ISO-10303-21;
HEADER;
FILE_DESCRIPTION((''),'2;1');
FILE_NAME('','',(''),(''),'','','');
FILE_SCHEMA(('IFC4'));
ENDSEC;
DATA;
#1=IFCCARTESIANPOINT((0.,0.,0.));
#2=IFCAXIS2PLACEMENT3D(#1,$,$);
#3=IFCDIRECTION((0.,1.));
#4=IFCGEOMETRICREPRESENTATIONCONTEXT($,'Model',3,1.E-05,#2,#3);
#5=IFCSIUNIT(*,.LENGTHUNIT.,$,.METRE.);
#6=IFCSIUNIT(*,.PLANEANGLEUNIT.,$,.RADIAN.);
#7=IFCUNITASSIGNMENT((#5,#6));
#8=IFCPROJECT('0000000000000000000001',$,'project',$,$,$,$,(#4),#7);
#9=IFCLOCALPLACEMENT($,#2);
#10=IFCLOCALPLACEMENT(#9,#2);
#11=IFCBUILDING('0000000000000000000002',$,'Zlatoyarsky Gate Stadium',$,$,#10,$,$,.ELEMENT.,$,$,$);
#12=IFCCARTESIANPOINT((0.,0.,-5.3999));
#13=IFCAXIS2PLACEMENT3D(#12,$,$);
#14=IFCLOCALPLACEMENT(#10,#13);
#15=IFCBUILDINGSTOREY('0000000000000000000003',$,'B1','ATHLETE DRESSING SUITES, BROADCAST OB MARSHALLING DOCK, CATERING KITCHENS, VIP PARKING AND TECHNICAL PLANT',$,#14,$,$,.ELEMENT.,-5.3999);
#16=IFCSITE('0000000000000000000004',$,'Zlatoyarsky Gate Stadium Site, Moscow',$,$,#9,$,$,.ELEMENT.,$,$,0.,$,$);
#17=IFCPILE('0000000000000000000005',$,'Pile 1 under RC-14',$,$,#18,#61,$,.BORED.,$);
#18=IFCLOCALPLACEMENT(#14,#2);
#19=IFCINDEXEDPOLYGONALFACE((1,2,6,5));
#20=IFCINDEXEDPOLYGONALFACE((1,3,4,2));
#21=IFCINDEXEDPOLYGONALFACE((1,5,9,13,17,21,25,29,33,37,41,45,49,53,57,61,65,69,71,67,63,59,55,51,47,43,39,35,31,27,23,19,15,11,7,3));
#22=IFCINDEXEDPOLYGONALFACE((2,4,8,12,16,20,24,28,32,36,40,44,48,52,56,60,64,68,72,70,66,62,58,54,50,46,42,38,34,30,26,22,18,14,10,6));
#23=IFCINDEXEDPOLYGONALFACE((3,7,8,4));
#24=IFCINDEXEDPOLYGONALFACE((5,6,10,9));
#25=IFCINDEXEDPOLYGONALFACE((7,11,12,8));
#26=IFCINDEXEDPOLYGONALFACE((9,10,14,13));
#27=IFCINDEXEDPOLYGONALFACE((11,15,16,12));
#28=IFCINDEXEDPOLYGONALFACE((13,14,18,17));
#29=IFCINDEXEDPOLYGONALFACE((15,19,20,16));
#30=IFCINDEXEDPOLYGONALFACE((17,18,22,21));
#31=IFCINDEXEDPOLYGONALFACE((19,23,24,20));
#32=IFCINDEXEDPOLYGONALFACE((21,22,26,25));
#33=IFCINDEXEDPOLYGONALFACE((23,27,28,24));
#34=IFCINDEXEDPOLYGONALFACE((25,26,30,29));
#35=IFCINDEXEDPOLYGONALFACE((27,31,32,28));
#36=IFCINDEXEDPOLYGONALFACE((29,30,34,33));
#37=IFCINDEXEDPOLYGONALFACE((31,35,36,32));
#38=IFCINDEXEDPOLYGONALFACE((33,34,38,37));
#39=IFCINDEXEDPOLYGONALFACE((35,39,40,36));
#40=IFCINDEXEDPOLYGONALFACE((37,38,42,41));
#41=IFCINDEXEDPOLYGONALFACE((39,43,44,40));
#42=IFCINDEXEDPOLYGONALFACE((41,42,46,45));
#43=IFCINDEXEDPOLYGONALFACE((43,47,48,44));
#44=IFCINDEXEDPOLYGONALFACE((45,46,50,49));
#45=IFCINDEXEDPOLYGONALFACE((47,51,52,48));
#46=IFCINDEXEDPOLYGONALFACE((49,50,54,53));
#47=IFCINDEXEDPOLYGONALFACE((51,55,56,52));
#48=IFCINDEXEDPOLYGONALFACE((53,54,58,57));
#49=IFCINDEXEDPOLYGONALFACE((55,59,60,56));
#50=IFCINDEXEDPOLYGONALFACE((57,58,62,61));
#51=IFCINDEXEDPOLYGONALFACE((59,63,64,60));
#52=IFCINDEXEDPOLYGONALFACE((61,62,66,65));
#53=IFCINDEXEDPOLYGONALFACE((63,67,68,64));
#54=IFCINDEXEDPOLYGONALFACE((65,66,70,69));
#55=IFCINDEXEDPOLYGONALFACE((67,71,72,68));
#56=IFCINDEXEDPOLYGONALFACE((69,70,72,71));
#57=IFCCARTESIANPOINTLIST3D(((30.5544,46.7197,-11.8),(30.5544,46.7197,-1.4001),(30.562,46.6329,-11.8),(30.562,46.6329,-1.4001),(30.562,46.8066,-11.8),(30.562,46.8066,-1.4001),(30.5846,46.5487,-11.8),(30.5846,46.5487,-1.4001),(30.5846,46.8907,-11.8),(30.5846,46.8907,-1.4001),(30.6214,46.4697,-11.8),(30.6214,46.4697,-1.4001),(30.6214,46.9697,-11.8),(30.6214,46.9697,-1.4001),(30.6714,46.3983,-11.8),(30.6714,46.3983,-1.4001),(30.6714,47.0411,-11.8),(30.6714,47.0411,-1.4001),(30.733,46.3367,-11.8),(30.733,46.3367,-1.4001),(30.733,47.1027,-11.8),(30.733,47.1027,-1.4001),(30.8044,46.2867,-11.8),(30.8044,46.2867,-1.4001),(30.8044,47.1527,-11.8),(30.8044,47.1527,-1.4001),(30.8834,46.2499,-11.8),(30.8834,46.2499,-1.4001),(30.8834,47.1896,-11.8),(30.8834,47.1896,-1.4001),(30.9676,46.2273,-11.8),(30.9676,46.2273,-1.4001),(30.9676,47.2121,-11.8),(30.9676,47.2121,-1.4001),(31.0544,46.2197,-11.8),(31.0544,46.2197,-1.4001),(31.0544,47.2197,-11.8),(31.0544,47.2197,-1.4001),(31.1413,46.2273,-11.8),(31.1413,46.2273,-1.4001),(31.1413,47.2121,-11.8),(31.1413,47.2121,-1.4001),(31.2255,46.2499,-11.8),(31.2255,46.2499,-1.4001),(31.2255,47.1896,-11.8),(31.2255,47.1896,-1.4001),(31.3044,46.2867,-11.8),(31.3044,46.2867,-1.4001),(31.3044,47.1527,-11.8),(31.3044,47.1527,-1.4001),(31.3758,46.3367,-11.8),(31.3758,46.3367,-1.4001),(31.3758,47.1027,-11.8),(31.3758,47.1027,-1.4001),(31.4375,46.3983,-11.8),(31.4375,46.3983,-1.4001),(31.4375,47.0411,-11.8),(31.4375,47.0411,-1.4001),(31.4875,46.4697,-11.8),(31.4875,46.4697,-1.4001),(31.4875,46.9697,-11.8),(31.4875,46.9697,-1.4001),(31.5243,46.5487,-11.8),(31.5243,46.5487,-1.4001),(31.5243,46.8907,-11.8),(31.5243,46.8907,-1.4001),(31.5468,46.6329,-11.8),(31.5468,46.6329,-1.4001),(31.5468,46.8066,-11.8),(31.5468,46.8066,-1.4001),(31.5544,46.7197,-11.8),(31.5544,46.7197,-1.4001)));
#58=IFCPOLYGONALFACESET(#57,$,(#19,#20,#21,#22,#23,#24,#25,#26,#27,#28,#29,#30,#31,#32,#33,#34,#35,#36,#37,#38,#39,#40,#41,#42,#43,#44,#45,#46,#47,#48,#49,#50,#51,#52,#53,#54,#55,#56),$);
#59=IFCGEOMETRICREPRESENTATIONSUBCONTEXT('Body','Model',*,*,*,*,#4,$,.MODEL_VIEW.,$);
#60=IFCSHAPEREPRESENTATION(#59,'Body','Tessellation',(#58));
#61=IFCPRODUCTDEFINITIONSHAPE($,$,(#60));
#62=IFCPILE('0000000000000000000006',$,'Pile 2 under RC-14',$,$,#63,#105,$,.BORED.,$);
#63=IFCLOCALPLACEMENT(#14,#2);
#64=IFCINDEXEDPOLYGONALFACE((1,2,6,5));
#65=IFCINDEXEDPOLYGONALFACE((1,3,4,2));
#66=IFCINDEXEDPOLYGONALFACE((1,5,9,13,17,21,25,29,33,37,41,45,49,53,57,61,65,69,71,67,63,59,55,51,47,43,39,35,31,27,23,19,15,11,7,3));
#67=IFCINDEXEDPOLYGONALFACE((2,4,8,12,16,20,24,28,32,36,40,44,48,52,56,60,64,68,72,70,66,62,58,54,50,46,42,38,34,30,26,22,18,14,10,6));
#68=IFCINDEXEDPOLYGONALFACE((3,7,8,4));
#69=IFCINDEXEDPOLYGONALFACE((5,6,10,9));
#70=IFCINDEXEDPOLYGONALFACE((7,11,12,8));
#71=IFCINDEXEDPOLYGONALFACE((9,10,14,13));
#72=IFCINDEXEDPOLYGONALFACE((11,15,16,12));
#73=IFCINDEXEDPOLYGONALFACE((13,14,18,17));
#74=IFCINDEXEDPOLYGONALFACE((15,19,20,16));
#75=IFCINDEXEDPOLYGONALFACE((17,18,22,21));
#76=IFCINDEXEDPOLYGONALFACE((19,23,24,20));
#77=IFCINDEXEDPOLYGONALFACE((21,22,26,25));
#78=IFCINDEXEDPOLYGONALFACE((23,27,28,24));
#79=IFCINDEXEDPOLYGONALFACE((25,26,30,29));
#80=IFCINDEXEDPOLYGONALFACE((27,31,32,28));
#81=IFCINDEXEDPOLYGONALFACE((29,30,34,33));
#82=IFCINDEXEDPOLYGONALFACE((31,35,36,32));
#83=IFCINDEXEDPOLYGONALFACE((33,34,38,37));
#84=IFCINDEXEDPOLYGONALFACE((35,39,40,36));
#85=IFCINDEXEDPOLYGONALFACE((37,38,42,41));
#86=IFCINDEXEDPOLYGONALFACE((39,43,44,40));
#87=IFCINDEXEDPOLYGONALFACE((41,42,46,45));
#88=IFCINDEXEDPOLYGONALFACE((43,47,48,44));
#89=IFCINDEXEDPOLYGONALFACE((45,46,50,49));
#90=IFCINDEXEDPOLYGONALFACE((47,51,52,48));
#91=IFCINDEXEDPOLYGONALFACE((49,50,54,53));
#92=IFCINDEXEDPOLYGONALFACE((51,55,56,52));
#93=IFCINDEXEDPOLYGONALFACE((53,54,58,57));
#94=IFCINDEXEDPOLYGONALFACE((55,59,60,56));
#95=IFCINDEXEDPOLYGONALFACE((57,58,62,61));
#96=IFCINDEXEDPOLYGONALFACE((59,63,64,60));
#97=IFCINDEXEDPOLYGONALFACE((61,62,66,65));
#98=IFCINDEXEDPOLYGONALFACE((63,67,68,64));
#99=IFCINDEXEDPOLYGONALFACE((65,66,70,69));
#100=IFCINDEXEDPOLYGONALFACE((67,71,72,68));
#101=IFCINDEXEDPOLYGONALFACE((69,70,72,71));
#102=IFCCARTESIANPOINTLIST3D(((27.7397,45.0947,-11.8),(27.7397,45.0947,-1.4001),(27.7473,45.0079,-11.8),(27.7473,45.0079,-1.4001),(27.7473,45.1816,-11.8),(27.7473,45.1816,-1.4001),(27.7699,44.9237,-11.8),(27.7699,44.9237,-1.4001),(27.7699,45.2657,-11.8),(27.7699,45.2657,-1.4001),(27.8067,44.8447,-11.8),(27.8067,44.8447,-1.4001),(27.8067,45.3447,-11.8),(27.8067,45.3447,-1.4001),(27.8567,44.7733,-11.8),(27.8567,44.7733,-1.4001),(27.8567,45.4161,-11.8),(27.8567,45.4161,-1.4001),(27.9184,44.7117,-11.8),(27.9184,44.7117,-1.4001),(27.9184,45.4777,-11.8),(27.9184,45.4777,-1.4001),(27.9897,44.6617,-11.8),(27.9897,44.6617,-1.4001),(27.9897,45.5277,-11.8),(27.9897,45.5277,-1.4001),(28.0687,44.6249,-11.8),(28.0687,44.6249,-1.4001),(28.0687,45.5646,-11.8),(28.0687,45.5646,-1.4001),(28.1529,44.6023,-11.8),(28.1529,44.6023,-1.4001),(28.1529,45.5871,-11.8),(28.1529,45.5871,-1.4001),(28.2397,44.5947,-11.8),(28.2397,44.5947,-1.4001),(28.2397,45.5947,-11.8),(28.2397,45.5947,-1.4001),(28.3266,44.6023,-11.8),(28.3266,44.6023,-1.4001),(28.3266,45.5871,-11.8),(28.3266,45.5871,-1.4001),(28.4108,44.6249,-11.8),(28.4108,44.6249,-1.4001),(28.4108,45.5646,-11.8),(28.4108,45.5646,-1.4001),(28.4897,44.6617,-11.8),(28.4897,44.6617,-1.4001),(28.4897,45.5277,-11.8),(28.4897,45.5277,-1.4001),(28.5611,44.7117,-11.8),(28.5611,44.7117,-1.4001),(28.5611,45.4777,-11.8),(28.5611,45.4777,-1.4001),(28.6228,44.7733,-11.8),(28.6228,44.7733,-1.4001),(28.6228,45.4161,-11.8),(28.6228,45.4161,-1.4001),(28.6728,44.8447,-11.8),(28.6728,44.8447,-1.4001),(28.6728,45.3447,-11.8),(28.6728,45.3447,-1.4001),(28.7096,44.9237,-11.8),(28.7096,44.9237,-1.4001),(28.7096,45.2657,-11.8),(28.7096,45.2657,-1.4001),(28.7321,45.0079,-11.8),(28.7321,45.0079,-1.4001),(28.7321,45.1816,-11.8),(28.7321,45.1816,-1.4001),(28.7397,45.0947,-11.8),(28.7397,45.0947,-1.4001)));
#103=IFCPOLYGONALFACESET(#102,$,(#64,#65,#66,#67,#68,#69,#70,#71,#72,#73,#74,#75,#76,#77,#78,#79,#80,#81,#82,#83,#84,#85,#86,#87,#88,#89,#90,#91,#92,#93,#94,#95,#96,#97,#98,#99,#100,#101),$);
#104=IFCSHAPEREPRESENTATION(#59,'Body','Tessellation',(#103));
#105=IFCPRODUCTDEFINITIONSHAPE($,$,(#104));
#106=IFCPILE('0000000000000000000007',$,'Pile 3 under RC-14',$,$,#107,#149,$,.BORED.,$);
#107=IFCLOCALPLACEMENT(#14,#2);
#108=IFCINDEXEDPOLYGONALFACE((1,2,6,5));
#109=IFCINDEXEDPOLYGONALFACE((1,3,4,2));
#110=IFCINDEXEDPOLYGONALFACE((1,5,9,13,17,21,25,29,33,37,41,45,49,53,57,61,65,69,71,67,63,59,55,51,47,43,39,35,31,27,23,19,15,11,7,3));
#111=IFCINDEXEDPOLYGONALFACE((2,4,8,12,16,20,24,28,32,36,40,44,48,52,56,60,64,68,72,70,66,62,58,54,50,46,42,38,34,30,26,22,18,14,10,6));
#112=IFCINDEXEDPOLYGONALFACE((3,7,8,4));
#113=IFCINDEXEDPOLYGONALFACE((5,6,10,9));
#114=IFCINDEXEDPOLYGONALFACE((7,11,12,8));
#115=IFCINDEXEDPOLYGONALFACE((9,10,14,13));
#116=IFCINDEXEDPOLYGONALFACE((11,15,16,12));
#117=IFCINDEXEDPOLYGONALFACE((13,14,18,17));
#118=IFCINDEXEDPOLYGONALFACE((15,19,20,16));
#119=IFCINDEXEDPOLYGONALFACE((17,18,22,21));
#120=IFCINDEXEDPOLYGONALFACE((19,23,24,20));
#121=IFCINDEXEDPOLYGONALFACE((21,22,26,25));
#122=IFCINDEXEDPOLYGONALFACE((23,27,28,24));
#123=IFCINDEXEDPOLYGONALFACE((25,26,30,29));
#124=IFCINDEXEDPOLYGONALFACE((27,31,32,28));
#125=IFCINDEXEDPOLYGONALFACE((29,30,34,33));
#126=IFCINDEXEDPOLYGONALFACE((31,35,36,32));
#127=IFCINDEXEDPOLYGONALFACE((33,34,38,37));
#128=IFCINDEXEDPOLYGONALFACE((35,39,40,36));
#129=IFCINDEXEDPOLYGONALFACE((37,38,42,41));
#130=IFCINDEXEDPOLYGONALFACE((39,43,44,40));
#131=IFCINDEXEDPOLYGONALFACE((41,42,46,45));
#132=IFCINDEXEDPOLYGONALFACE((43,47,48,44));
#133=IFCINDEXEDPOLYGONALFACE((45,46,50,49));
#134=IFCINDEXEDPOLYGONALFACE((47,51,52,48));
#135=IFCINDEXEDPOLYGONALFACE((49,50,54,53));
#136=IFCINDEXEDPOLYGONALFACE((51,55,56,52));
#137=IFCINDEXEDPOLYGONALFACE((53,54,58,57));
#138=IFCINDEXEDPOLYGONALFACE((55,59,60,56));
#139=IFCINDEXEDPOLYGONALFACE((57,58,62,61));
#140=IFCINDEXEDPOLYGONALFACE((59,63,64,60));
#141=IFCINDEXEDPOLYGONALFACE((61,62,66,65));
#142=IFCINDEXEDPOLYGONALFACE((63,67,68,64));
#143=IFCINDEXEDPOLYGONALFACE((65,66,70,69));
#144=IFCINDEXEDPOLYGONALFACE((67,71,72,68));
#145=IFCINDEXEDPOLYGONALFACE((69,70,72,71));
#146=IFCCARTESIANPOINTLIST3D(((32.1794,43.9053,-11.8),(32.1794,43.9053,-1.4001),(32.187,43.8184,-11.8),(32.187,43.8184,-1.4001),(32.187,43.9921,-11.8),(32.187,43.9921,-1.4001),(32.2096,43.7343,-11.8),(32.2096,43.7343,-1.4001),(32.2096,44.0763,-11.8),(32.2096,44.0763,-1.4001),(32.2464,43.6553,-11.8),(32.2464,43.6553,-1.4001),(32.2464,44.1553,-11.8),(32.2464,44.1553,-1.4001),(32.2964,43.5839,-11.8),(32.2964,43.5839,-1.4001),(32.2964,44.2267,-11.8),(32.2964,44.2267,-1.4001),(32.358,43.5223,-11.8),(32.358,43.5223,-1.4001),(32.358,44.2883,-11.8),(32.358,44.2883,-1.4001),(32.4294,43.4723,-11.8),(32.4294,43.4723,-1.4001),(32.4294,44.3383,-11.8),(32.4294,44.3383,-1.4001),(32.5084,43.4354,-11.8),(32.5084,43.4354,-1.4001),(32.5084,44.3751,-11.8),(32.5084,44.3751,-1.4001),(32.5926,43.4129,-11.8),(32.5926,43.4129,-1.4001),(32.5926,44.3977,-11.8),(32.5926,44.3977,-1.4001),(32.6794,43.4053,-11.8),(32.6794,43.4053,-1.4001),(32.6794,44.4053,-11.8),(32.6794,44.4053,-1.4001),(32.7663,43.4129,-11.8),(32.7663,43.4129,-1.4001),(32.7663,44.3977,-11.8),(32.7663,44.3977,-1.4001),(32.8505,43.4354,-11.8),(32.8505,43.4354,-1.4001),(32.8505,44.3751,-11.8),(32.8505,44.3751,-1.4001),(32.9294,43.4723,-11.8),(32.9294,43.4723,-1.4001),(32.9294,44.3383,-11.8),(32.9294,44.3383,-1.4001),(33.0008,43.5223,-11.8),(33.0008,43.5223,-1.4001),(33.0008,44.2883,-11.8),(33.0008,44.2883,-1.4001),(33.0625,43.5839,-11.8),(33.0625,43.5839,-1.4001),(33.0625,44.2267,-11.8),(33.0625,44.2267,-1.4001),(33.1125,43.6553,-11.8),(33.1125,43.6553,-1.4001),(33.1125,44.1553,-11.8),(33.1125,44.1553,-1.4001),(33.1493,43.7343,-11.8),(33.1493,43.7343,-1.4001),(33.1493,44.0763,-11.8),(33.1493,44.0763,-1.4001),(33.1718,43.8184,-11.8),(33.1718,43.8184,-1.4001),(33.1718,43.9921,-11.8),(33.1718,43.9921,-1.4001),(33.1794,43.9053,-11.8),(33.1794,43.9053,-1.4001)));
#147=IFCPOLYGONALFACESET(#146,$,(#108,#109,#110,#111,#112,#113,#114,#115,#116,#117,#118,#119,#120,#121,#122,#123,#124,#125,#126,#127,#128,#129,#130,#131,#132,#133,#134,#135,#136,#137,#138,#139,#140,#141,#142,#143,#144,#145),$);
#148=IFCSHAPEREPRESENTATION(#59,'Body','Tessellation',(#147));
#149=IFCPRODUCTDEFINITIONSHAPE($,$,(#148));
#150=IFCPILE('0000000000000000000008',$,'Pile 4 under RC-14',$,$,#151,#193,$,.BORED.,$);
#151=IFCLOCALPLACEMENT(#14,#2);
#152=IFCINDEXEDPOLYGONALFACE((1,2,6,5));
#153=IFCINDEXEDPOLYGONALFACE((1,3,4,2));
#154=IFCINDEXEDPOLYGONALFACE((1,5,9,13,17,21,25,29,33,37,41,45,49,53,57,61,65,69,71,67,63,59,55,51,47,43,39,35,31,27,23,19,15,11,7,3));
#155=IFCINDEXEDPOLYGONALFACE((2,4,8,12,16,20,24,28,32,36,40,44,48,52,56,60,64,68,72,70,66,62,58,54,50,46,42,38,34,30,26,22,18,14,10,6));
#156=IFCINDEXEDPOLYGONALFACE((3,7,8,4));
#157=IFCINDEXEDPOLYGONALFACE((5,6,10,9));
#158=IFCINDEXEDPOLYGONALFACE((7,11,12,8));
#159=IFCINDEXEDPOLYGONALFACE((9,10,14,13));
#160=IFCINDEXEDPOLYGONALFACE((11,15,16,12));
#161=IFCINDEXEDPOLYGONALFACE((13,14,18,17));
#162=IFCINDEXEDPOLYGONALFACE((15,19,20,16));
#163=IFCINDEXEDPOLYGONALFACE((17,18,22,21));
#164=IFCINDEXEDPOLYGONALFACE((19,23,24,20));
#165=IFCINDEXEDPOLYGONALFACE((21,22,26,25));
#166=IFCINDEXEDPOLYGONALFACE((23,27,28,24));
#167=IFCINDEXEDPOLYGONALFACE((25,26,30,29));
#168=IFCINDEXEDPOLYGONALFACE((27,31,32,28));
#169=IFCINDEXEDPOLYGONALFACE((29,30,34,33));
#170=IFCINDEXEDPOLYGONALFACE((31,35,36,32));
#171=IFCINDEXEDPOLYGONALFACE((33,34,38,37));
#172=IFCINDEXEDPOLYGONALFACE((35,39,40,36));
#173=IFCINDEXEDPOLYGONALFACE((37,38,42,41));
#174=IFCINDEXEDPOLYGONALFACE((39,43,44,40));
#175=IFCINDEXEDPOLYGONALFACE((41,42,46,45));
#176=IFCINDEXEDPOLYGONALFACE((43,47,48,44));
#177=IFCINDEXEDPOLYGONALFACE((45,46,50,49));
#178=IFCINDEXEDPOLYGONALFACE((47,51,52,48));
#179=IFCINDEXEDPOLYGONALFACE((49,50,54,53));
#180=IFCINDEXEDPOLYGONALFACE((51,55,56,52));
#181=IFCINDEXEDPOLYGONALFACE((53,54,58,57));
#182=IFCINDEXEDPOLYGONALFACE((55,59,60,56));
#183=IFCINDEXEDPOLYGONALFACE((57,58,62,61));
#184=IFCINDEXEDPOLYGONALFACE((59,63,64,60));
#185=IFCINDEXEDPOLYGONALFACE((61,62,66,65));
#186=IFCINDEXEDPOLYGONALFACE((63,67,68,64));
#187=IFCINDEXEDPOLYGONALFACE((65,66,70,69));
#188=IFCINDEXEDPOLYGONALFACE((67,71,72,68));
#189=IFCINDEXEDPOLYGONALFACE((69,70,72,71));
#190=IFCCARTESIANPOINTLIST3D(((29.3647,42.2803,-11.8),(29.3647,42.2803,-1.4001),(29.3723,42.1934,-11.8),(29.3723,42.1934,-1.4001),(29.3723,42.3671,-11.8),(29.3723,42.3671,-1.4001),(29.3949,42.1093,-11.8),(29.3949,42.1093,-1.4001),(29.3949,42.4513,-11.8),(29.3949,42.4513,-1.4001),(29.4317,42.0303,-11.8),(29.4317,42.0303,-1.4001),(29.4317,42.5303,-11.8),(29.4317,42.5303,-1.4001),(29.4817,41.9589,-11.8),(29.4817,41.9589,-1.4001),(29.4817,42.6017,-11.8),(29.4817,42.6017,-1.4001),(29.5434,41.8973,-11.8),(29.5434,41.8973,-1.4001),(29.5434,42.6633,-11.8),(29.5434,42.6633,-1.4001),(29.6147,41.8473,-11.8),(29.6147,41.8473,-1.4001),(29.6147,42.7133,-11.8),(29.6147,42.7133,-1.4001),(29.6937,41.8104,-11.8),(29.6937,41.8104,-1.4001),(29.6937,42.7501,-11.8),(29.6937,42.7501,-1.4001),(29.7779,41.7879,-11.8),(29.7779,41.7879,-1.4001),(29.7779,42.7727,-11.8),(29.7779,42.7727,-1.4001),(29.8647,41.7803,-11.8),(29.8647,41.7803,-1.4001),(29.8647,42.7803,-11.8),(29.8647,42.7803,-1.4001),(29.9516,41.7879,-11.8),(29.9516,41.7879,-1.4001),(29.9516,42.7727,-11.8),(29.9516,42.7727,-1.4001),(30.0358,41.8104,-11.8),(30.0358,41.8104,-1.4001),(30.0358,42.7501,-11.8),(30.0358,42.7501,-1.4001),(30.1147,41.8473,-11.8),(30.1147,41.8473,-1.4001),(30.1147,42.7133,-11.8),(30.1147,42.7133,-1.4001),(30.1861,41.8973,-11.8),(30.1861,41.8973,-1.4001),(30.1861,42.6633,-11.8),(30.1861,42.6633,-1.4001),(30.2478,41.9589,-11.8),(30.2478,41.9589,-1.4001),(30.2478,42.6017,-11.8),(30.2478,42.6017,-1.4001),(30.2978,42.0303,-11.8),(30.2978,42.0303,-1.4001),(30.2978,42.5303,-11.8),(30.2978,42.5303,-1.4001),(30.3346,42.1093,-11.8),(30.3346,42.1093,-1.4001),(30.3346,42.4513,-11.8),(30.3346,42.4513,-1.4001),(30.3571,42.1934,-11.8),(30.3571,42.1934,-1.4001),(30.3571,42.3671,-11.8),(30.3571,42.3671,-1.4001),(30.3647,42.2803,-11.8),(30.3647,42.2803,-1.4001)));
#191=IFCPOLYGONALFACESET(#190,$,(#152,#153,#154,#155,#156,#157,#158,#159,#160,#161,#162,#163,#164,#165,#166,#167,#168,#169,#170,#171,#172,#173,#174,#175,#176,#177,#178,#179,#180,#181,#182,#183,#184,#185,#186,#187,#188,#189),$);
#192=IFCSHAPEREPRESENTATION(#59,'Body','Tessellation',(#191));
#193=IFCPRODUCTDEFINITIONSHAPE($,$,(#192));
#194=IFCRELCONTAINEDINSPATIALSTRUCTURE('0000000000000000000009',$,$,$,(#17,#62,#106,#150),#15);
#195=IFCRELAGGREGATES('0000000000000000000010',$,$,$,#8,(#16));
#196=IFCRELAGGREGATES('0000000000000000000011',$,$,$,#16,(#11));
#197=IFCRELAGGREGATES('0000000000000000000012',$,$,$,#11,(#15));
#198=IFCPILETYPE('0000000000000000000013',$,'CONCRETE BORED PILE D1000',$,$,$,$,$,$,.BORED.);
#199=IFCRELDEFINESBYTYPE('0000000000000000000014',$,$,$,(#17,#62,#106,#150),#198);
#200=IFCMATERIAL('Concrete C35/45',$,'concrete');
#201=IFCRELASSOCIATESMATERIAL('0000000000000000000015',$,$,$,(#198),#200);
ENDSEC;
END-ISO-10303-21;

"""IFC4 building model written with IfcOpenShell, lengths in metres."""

from ifc_helpers import new_model, si_unit, direction, frame, origin, origin_2d, place, context, subcontext, project, spatial, circle, extrude, material, material_profile, profile_set, type_object, element, save


model = new_model("IFC4")

# Units and contexts
model_context = context("Model", 3, precision=1e-05, world=origin(), true_north=direction((0.0, 1.0)))
body_context = subcontext(model_context, "Body", "Model", "MODEL_VIEW")
ifc_project = project(units=[si_unit("LENGTHUNIT", "METRE"), si_unit("PLANEANGLEUNIT", "RADIAN")], contexts=[model_context])

# Site, building, storey
site_placement = place(None, origin())
site = spatial("IfcSite", under=ifc_project, at=site_placement, Name="Zlatoyarsky Gate Stadium Site, Moscow", CompositionType="ELEMENT", RefElevation=0.0)
building_placement = place(site_placement, origin())
building = spatial("IfcBuilding", under=site, at=building_placement, Name="Zlatoyarsky Gate Stadium", CompositionType="ELEMENT")
storey_placement = place(building_placement, frame((0.0, 0.0, -5.3999)))
storey = spatial("IfcBuildingStorey", under=building, at=storey_placement, Name="B1", Description="ATHLETE DRESSING SUITES, BROADCAST OB MARSHALLING DOCK, CATERING KITCHENS, VIP PARKING AND TECHNICAL PLANT", CompositionType="ELEMENT", Elevation=-5.3999)

# Piles
ifc_material_1 = material(Name="Concrete C35/45", Category="concrete")
ifc_material_profile_1 = material_profile(ifc_material_1, circle(Radius=0.5, at=origin_2d()), Name="BORED PILE D1000")
ifc_profile_set_1 = profile_set([ifc_material_profile_1], Name="Concrete C35/45")
pile_type_1 = type_object("IfcPileType", Name="CONCRETE BORED PILE D1000", PredefinedType="BORED", material=ifc_profile_set_1)
for number, where, z_axis, x_axis, name in (
    (1, (31.0544, 46.7197, -1.4001), (0.0, 0.0, -1.0), (1.0, 0.0, 0.0), "Pile 1 under RC-14"),
    (2, (28.2397, 45.0947, -1.4001), (0.0, 0.0, -1.0), (1.0, 0.0, 0.0), "Pile 2 under RC-14"),
    (3, (32.6794, 43.9053, -1.4001), (0.0, 0.0, -1.0), (1.0, 0.0, 0.0), "Pile 3 under RC-14"),
    (4, (29.8647, 42.2803, -1.4001), (0.0, 0.0, -1.0), (1.0, 0.0, 0.0), "Pile 4 under RC-14"),
):
    element("IfcPile", number, at=place(storey_placement, frame(where, z_axis=z_axis, x_axis=x_axis)), inside=storey, type_object=pile_type_1, Name=name, PredefinedType="BORED", context=body_context, shape_type="SweptSolid", body=[
        extrude(circle(Radius=0.5, at=origin_2d()), origin(), (0.0, 0.0, 1.0), 10.3999),
    ])

save(model, "model.ifc")
